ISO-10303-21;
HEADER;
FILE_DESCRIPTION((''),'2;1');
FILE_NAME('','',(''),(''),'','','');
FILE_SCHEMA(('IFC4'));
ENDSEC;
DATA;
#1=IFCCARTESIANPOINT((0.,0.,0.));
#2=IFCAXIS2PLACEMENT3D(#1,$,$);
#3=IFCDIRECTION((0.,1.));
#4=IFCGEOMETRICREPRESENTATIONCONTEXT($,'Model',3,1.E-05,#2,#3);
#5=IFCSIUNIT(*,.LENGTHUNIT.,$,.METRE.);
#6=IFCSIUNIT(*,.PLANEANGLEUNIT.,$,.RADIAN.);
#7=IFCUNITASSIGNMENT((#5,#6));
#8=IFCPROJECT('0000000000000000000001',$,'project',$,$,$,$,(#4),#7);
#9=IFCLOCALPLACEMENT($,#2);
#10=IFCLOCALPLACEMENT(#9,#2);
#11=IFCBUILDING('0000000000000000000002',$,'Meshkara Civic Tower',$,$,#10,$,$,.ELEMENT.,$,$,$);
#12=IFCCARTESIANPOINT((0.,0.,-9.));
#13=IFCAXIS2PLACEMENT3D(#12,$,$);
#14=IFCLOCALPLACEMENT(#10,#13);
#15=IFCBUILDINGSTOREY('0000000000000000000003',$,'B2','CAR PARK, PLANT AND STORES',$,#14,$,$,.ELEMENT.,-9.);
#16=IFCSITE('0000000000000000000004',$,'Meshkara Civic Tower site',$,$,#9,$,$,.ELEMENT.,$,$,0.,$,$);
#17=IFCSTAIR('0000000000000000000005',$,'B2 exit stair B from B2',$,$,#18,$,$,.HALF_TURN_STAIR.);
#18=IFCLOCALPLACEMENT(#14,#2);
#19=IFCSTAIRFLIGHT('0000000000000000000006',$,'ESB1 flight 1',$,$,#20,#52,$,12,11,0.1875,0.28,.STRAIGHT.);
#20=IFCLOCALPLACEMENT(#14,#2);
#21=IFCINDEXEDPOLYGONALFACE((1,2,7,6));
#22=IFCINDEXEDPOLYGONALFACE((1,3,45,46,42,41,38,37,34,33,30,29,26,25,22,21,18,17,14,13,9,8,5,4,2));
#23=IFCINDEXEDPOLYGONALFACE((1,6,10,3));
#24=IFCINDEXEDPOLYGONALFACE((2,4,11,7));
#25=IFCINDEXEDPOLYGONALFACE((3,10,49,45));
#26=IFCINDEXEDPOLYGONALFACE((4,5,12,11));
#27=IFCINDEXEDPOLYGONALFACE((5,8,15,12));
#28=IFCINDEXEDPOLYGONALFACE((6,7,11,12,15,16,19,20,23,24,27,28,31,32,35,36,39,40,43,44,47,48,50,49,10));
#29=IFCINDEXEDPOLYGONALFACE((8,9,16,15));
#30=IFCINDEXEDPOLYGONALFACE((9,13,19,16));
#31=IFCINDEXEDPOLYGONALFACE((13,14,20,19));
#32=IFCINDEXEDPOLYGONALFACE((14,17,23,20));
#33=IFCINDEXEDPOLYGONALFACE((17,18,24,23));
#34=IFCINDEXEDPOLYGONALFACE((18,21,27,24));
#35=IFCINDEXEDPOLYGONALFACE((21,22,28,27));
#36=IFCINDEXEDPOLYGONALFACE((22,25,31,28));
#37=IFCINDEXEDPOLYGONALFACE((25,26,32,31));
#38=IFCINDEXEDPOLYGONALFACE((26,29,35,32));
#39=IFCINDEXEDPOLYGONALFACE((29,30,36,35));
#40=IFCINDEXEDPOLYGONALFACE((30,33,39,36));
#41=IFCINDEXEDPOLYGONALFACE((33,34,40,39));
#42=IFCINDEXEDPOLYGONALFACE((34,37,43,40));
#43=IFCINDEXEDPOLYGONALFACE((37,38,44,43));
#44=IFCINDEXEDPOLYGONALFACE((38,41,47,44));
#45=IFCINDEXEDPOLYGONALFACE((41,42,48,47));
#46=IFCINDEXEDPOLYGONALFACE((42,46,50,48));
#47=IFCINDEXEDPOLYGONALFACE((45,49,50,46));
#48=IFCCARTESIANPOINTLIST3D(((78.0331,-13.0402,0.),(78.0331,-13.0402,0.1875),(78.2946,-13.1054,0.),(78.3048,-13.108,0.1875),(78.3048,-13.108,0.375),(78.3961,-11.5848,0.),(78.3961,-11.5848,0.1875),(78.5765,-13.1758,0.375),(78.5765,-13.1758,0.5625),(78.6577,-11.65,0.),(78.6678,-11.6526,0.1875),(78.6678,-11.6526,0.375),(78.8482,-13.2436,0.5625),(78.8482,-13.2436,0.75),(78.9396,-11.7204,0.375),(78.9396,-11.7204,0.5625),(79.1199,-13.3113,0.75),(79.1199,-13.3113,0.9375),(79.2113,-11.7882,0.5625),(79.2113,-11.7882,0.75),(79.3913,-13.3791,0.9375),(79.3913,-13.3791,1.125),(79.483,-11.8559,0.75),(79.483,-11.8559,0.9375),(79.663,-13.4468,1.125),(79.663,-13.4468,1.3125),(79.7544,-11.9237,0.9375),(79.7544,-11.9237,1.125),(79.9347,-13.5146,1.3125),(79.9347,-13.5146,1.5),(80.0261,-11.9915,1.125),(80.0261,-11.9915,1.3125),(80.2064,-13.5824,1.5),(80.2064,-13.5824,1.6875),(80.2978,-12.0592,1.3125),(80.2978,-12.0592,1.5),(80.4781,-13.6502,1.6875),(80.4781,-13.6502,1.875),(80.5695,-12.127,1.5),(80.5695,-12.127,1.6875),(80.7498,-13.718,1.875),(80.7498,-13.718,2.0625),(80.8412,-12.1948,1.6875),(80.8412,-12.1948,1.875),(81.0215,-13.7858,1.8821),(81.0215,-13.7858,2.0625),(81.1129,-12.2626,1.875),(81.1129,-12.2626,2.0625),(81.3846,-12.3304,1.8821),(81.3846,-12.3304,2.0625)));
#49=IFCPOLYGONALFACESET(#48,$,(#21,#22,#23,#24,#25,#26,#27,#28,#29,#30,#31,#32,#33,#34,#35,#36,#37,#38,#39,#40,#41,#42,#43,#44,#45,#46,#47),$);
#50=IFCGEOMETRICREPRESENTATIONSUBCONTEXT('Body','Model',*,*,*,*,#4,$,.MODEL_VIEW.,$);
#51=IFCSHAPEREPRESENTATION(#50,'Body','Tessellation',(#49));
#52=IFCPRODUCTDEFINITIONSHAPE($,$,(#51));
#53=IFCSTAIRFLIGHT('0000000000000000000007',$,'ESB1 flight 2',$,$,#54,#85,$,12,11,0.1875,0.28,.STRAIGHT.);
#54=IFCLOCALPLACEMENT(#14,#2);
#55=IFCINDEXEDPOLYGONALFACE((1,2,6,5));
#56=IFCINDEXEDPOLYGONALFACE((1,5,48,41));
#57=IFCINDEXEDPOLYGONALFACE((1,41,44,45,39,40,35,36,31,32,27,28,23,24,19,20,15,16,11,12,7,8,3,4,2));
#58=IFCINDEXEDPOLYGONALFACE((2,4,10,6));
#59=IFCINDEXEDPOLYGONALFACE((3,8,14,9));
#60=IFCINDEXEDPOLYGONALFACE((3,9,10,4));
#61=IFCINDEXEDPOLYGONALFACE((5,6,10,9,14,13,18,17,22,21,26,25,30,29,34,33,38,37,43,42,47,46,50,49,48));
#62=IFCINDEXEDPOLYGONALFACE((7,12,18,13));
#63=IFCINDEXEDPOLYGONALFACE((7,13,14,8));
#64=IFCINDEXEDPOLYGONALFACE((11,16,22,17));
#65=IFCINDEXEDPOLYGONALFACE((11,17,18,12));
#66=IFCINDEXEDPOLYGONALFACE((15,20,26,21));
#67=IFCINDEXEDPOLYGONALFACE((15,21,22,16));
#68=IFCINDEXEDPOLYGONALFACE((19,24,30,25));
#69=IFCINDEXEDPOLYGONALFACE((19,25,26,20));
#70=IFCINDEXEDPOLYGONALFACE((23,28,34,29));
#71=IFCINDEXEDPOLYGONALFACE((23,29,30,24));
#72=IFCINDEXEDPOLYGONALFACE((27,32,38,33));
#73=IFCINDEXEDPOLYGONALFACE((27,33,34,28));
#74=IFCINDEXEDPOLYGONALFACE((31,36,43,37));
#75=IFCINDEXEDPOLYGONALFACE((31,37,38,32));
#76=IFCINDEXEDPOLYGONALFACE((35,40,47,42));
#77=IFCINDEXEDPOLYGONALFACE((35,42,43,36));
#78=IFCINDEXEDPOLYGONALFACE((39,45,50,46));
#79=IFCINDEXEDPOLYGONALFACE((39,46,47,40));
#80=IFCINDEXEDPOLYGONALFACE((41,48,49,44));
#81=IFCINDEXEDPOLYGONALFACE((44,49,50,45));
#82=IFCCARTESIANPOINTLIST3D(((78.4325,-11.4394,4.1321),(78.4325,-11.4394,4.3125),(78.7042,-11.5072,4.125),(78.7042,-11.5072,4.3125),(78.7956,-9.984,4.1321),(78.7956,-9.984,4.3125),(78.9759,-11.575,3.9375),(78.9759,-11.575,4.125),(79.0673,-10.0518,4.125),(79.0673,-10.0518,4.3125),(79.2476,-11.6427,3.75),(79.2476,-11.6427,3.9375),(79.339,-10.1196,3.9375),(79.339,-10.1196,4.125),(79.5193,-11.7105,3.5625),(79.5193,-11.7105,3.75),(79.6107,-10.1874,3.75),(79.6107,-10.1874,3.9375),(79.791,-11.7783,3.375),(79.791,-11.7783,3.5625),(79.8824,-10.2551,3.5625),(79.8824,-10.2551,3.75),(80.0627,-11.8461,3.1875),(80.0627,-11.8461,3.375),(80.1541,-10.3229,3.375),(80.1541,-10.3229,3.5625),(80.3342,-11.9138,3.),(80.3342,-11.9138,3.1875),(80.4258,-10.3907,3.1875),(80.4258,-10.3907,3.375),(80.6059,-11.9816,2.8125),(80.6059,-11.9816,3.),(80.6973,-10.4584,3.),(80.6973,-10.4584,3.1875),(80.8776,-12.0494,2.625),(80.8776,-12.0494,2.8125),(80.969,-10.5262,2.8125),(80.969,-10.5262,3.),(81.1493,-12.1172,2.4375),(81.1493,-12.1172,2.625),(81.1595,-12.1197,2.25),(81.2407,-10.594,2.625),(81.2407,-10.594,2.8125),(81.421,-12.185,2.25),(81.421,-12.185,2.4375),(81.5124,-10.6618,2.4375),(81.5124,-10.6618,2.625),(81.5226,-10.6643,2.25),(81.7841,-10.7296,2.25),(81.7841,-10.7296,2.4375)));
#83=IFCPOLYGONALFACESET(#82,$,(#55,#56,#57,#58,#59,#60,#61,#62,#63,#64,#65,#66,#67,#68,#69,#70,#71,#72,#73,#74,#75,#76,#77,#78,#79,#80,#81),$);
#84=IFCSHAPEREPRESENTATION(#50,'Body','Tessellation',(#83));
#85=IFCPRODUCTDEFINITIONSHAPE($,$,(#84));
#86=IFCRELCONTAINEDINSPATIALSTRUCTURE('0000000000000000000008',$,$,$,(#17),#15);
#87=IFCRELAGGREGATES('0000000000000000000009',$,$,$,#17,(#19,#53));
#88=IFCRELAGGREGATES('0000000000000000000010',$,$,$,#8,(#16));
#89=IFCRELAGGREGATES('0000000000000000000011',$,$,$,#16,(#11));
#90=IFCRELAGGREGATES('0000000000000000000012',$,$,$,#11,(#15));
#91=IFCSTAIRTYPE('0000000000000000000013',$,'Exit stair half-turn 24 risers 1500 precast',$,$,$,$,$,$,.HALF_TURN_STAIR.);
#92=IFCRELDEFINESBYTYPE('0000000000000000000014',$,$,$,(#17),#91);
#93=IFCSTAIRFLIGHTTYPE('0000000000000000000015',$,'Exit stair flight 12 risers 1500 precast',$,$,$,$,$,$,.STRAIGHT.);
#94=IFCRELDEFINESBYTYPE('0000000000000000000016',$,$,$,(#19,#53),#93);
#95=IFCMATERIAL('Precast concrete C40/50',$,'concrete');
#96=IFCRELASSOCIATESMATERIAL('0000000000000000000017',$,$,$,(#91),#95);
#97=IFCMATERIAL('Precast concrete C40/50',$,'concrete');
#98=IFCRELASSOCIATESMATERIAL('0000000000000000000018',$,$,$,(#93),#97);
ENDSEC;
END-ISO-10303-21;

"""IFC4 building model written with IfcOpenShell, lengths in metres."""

from ifc_helpers import new_model, si_unit, direction, frame, origin, place, context, subcontext, project, spatial, polyline, outline, extrude, material, type_object, element, aggregate, save


model = new_model("IFC4")

# Units and contexts
model_context = context("Model", 3, precision=1e-05, world=origin(), true_north=direction((0.0, 1.0)))
body_context = subcontext(model_context, "Body", "Model", "MODEL_VIEW")
ifc_project = project(units=[si_unit("LENGTHUNIT", "METRE"), si_unit("PLANEANGLEUNIT", "RADIAN")], contexts=[model_context])

# Site, building, storey
site_placement = place(None, origin())
site = spatial("IfcSite", under=ifc_project, at=site_placement, Name="Meshkara Civic Tower site", CompositionType="ELEMENT", RefElevation=0.0)
building_placement = place(site_placement, origin())
building = spatial("IfcBuilding", under=site, at=building_placement, Name="Meshkara Civic Tower", CompositionType="ELEMENT")
storey_placement = place(building_placement, frame((0.0, 0.0, -9.0)))
storey = spatial("IfcBuildingStorey", under=building, at=storey_placement, Name="B2", Description="CAR PARK, PLANT AND STORES", CompositionType="ELEMENT", Elevation=-9.0)

# Stair, stair flights
ifc_material_1 = material(Name="Precast concrete C40/50", Category="concrete")
stair_type = type_object("IfcStairType", Name="Exit stair half-turn 24 risers 1500 precast", PredefinedType="HALF_TURN_STAIR", material=ifc_material_1)
stair_placement = place(storey_placement, origin())
stair = element("IfcStair", 1, at=stair_placement, inside=storey, type_object=stair_type, Name="B2 exit stair B from B2", PredefinedType="HALF_TURN_STAIR")
ifc_material_2 = material(Name="Precast concrete C40/50", Category="concrete")
stair_flight_type = type_object("IfcStairFlightType", Name="Exit stair flight 12 risers 1500 precast", PredefinedType="STRAIGHT", material=ifc_material_2)
stair_flight_1_placement = place(storey_placement, frame((78.2146, -12.3125, 0.0), z_axis=(0.0, 0.0, 1.0), x_axis=(0.97026, -0.242065, 0.0)))
stair_flight_1 = element("IfcStairFlight", 2, at=stair_flight_1_placement, type_object=stair_flight_type, Name="ESB1 flight 1", NumberOfRisers=12, NumberOfTreads=11, PredefinedType="STRAIGHT", RiserHeight=0.1875, TreadLength=0.28, context=body_context, shape_type="SweptSolid", body=[
    extrude(outline(polyline([(0.0, 0.0), (0.0, 0.1875), (0.28, 0.1875), (0.28, 0.375), (0.5601, 0.375), (0.5601, 0.5625), (0.8401, 0.5625), (0.8401, 0.75), (1.1201, 0.75), (1.1201, 0.9375), (1.3999, 0.9375), (1.3999, 1.125), (1.6799, 1.125), (1.6799, 1.3125), (1.96, 1.3125), (1.96, 1.5), (2.24, 1.5), (2.24, 1.6875), (2.52, 1.6875), (2.52, 1.875), (2.8, 1.875), (2.8, 2.0625), (3.0801, 2.0625), (3.0801, 2.25), (3.0801, 1.8821), (0.2695, 0.0), (0.0, 0.0)])), frame((0.0, 0.75, 0.0), z_axis=(0.0, -1.0, 0.0), x_axis=(1.0, 0.0, 0.0)), (0.0, 0.0, 1.0), 1.5),
])
stair_flight_2_placement = place(storey_placement, frame((81.6025, -11.4573, 2.25), z_axis=(0.0, 0.0, 1.0), x_axis=(-0.97026, 0.242065, 0.0)))
stair_flight_2 = element("IfcStairFlight", 3, at=stair_flight_2_placement, type_object=stair_flight_type, Name="ESB1 flight 2", NumberOfRisers=12, NumberOfTreads=11, PredefinedType="STRAIGHT", RiserHeight=0.1875, TreadLength=0.28, context=body_context, shape_type="SweptSolid", body=[
    extrude(outline(polyline([(0.0, 0.0), (0.0, 0.1875), (0.28, 0.1875), (0.28, 0.375), (0.5601, 0.375), (0.5601, 0.5625), (0.8401, 0.5625), (0.8401, 0.75), (1.1201, 0.75), (1.1201, 0.9375), (1.3999, 0.9375), (1.3999, 1.125), (1.6799, 1.125), (1.6799, 1.3125), (1.96, 1.3125), (1.96, 1.5), (2.24, 1.5), (2.24, 1.6875), (2.52, 1.6875), (2.52, 1.875), (2.8, 1.875), (2.8, 2.0625), (3.0801, 2.0625), (3.0801, 2.25), (3.0801, 1.8821), (0.2695, 0.0), (0.0, 0.0)])), frame((0.0, 0.75, 0.0), z_axis=(0.0, -1.0, 0.0), x_axis=(1.0, 0.0, 0.0)), (0.0, 0.0, 1.0), 1.5),
])
aggregate(stair, [stair_flight_1, stair_flight_2])

save(model, "model.ifc")
